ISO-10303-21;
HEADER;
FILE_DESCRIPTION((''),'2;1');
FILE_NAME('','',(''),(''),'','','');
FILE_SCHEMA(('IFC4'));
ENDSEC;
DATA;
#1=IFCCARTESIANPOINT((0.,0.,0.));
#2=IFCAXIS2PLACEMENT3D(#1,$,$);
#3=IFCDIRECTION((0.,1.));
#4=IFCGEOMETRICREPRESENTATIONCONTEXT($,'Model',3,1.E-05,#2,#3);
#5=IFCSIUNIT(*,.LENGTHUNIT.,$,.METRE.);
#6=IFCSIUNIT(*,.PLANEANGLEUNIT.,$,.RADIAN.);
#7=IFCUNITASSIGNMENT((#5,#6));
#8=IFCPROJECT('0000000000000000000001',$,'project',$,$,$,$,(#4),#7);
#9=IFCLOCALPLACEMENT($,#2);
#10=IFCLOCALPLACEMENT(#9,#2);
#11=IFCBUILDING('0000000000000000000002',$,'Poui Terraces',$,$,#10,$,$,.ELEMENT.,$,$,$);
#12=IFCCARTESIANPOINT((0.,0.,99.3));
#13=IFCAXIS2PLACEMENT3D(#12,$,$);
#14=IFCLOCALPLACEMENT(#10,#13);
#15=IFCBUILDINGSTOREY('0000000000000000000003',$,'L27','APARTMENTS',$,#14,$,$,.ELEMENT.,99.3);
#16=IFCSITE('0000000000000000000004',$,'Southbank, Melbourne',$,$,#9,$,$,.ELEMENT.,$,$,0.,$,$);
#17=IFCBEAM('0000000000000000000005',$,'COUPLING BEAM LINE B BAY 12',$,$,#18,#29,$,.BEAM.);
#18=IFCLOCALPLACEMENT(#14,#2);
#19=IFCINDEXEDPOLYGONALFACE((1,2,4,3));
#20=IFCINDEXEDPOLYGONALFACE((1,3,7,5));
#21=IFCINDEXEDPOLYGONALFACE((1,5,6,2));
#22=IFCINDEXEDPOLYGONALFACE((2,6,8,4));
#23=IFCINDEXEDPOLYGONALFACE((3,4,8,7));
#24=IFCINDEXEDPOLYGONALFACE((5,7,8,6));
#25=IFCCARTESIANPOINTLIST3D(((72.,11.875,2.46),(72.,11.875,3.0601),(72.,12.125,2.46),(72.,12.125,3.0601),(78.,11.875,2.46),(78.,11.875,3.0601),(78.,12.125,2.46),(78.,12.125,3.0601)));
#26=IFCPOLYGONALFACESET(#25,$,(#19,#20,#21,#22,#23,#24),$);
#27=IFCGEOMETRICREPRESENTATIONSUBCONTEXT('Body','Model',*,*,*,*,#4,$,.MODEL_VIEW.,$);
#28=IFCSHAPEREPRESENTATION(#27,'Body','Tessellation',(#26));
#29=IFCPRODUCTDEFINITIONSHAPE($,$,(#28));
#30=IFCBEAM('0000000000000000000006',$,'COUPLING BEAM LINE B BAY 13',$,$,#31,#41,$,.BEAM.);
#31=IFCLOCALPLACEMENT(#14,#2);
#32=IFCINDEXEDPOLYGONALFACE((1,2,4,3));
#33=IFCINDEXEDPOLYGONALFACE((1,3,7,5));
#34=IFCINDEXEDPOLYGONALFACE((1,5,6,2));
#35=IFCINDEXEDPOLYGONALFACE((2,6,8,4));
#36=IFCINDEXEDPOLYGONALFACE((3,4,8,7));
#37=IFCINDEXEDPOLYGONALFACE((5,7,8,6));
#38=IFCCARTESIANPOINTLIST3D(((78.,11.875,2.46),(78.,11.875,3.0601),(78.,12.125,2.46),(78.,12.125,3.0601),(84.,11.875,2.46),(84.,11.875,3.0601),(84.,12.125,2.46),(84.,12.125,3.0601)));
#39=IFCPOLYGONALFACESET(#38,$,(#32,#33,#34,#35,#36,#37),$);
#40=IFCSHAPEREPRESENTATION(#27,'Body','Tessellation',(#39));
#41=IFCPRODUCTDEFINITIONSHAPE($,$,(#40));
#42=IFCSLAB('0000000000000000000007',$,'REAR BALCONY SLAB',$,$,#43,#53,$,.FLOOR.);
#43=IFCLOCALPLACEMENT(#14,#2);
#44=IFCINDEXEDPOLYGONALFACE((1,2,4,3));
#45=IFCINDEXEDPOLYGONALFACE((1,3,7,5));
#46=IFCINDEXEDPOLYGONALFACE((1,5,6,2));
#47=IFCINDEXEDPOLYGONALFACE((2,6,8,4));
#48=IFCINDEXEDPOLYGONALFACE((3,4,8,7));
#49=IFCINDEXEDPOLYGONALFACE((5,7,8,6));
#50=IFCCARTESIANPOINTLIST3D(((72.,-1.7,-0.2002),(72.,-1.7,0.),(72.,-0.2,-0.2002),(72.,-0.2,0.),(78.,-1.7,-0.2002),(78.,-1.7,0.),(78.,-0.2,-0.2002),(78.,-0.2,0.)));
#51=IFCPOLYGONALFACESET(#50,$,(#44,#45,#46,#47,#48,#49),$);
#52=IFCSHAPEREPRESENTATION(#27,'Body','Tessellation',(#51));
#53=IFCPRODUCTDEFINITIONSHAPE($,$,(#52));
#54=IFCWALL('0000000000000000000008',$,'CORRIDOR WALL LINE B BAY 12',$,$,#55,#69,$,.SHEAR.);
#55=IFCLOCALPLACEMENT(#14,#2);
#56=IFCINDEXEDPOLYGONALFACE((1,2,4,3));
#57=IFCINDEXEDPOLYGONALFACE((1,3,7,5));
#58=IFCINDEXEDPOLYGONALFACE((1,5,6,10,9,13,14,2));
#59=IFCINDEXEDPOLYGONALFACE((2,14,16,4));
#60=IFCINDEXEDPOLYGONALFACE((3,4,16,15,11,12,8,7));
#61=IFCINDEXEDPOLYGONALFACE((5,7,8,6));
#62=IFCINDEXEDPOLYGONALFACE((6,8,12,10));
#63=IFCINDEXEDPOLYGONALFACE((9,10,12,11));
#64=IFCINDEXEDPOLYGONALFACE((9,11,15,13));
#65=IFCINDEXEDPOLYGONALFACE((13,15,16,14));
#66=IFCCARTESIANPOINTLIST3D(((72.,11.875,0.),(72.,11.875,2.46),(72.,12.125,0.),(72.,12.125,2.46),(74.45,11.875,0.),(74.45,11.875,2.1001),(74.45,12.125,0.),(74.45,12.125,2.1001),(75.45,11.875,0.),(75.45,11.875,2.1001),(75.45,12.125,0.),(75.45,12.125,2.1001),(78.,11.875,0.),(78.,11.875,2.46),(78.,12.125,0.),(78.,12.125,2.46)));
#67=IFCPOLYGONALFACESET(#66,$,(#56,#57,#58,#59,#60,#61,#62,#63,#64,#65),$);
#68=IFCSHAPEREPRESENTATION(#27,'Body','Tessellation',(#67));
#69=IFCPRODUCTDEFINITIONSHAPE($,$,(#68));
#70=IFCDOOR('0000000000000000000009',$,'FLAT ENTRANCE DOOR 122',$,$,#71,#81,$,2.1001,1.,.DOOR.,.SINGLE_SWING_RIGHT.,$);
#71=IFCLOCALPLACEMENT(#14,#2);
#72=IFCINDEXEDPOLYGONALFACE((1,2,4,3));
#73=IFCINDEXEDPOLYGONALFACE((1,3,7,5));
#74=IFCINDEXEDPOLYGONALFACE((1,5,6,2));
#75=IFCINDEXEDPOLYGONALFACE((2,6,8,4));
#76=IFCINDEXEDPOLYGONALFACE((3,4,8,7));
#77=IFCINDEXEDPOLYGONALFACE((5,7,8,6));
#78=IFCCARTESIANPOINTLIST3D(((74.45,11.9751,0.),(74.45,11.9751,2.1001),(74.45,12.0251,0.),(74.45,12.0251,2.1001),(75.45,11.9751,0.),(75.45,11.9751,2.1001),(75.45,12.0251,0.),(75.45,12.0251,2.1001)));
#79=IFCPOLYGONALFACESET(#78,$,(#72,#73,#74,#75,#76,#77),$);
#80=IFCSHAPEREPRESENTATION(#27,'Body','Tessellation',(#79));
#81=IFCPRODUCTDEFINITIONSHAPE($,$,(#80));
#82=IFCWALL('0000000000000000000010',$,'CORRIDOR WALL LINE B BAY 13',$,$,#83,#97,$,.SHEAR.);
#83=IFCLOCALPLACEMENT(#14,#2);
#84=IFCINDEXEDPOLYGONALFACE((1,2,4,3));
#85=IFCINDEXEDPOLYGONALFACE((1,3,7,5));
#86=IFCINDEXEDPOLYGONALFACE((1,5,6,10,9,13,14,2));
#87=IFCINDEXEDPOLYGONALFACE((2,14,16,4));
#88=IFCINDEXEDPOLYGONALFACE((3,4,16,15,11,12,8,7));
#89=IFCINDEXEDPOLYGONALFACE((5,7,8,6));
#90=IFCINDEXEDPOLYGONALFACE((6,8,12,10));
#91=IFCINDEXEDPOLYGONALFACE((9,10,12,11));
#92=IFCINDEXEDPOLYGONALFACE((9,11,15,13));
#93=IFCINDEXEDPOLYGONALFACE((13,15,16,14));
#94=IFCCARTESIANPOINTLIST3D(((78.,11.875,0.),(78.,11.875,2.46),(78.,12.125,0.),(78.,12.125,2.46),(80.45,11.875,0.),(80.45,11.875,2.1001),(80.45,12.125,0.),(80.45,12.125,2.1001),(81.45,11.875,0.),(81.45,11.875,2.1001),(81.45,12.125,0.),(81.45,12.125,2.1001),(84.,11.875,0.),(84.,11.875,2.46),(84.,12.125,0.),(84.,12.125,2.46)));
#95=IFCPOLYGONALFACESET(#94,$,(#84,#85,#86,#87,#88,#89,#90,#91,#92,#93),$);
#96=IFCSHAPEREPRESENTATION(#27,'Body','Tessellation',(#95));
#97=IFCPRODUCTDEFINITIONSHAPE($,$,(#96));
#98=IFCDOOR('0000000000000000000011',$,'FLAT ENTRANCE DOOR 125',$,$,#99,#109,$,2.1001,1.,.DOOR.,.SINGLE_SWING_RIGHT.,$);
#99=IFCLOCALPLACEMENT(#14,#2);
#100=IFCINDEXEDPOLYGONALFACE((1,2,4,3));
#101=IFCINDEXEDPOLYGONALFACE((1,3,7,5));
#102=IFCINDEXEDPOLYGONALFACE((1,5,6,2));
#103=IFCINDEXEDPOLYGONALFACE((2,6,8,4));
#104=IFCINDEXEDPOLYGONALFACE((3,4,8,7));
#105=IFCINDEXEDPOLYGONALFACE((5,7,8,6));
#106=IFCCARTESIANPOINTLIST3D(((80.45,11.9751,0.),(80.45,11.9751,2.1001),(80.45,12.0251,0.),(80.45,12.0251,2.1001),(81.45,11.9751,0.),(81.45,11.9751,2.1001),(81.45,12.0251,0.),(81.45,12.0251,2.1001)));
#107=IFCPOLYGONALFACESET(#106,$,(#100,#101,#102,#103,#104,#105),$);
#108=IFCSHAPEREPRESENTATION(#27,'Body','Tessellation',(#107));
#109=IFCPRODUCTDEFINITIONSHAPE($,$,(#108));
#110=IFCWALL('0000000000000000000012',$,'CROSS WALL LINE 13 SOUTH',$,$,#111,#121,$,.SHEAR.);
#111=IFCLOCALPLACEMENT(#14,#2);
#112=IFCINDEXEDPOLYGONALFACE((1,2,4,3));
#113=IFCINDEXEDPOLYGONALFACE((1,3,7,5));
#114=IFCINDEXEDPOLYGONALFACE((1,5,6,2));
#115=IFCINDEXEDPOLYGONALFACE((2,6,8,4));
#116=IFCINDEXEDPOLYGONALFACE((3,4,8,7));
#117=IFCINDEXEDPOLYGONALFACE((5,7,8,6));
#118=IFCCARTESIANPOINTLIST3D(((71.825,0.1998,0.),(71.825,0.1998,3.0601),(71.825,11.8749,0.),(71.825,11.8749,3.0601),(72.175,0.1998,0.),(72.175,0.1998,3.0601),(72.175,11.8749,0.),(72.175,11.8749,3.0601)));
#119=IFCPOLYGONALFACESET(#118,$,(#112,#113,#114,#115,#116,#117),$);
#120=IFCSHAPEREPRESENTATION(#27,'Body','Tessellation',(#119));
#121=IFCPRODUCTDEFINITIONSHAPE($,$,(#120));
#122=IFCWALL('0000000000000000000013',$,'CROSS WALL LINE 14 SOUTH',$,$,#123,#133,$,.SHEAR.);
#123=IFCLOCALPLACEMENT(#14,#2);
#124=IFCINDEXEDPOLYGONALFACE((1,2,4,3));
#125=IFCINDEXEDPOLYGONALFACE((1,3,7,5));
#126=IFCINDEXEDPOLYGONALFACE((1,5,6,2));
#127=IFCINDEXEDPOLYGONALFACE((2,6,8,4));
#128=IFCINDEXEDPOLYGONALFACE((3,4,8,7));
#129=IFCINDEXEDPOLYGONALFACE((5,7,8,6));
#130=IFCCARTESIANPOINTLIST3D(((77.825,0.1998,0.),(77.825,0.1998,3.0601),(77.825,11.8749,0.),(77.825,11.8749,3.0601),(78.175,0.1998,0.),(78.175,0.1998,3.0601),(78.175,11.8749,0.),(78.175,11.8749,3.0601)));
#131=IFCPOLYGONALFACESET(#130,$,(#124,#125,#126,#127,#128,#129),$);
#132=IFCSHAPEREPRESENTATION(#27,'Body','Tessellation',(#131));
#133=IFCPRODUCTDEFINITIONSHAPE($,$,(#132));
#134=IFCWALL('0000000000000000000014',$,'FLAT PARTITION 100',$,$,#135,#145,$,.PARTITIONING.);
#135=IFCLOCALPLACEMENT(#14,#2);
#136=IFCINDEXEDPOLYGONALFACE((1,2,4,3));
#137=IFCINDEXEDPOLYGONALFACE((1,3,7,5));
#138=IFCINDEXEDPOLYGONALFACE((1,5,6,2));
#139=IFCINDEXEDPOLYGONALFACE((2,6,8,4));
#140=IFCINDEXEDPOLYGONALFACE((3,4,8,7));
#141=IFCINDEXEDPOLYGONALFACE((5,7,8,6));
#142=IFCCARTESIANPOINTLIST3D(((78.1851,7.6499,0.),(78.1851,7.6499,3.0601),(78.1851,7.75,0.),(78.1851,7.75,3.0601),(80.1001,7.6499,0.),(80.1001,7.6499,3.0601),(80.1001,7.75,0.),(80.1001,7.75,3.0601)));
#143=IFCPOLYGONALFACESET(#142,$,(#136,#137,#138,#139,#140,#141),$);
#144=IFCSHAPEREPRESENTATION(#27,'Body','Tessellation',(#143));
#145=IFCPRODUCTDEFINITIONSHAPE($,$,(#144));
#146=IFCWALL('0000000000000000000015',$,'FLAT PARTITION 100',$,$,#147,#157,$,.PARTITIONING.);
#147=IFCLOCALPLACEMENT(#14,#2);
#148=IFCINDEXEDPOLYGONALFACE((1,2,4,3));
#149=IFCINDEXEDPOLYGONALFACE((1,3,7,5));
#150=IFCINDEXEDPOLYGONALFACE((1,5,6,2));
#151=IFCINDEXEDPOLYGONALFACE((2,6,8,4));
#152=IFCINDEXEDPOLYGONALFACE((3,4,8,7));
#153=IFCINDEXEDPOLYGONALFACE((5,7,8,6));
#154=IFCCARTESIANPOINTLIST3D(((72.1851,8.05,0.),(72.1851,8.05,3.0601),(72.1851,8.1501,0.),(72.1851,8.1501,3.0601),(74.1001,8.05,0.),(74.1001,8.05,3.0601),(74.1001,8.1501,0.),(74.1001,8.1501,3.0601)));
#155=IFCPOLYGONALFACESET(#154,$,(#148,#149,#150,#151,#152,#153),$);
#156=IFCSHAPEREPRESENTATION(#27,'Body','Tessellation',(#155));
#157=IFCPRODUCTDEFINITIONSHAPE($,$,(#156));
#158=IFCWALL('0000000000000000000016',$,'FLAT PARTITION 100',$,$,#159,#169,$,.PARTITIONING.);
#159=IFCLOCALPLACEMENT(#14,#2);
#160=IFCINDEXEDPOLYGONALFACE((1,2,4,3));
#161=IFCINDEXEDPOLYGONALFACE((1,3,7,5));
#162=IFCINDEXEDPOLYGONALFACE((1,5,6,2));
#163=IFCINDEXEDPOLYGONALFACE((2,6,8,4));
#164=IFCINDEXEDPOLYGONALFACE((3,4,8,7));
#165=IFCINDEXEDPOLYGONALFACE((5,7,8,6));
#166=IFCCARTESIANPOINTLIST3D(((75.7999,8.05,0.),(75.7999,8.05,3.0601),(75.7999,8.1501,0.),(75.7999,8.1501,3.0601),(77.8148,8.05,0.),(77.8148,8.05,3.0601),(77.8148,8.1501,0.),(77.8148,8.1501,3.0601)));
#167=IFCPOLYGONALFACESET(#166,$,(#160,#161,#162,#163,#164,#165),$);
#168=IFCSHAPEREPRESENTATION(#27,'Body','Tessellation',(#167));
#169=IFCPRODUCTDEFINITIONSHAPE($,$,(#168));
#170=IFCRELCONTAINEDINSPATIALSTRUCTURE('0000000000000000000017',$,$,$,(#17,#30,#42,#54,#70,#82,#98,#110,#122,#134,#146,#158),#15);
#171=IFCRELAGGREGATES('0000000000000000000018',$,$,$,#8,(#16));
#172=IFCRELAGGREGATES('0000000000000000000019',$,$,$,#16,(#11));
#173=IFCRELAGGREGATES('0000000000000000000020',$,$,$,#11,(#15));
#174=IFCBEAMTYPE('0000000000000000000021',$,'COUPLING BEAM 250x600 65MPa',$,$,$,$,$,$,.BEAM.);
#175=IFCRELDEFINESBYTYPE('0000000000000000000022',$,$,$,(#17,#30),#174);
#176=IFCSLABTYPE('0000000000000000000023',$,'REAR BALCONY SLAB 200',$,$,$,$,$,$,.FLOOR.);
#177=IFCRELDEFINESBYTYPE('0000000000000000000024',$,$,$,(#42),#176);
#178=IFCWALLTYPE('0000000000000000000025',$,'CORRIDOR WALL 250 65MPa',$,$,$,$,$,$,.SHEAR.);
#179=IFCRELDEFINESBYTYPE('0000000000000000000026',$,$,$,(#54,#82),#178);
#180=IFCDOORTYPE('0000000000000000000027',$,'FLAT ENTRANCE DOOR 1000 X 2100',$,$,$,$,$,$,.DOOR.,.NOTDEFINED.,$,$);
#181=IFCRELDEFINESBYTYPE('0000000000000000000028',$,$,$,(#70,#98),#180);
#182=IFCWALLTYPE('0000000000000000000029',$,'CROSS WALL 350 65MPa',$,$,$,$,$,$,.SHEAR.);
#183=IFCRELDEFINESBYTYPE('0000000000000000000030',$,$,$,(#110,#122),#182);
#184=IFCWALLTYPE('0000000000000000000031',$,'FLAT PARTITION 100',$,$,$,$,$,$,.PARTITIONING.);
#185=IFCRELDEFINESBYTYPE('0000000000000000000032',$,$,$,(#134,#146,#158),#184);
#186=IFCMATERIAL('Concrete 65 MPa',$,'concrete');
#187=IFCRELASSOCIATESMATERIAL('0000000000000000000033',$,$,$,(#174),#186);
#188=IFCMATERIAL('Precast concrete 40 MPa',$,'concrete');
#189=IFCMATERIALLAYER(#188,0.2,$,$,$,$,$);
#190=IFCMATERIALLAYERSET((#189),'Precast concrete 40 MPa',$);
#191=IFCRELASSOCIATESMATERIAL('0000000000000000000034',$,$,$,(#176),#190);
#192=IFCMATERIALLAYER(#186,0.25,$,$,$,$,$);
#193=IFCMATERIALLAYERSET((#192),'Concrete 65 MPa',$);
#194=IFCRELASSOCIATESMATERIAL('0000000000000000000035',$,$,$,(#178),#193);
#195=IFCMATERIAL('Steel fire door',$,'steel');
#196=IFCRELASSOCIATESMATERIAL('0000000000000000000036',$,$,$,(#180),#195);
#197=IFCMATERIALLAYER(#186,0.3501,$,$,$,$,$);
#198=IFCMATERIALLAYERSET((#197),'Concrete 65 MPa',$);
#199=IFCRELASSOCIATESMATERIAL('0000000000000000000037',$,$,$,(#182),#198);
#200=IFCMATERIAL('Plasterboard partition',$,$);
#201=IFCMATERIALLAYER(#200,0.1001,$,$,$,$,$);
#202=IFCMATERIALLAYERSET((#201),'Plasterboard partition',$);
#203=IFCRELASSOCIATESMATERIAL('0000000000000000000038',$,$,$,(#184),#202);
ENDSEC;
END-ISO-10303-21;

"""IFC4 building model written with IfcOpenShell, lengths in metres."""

from ifc_helpers import new_model, si_unit, direction, frame, frame_2d, origin, origin_2d, place, context, subcontext, project, spatial, polyline, rectangle, outline, extrude, source, transform, mapped, material, layer, layer_set, material_profile, profile_set, type_object, element, fill, save


model = new_model("IFC4")

# Units and contexts
model_context = context("Model", 3, precision=1e-05, world=origin(), true_north=direction((0.0, 1.0)))
body_context = subcontext(model_context, "Body", "Model", "MODEL_VIEW")
ifc_project = project(units=[si_unit("LENGTHUNIT", "METRE"), si_unit("PLANEANGLEUNIT", "RADIAN")], contexts=[model_context])

# Site, building, storey
site_placement = place(None, origin())
site = spatial("IfcSite", under=ifc_project, at=site_placement, Name="Southbank, Melbourne", CompositionType="ELEMENT", RefElevation=0.0)
building_placement = place(site_placement, origin())
building = spatial("IfcBuilding", under=site, at=building_placement, Name="Poui Terraces", CompositionType="ELEMENT")
storey_placement = place(building_placement, frame((0.0, 0.0, 99.3)))
storey = spatial("IfcBuildingStorey", under=building, at=storey_placement, Name="L27", Description="APARTMENTS", CompositionType="ELEMENT", Elevation=99.3)

# Beams
ifc_material_1 = material(Name="Concrete 65 MPa", Category="concrete")
ifc_material_profile_1 = material_profile(ifc_material_1, rectangle(XDim=0.25, YDim=0.6001, at=origin_2d()), Name="RC 250x600")
ifc_profile_set_1 = profile_set([ifc_material_profile_1], Name="Concrete 65 MPa")
beam_type = type_object("IfcBeamType", Name="COUPLING BEAM 250x600 65MPa", PredefinedType="BEAM", material=ifc_profile_set_1)
shared_shape_1 = source(origin(), body_context, "Body", "SweptSolid", [
    extrude(rectangle(XDim=0.25, YDim=0.6001, at=origin_2d()), origin(), (0.0, 0.0, 1.0), 6.0),
])
for number, where, z_axis, x_axis, name in (
    (1, (72.0, 12.0, 2.76), (1.0, 0.0, 0.0), (0.0, 1.0, 0.0), "COUPLING BEAM LINE B BAY 12"),
    (2, (78.0, 12.0, 2.76), (1.0, 0.0, 0.0), (0.0, 1.0, 0.0), "COUPLING BEAM LINE B BAY 13"),
):
    element("IfcBeam", number, at=place(storey_placement, frame(where, z_axis=z_axis, x_axis=x_axis)), inside=storey, type_object=beam_type, Name=name, PredefinedType="BEAM", context=body_context, shape_type="MappedRepresentation", body=[
        mapped(shared_shape_1, transform((0.0, 0.0, 0.0))),
    ])

# Slab
ifc_material_2 = material(Name="Precast concrete 40 MPa", Category="concrete")
ifc_layer_1 = layer(ifc_material_2, 0.2)
ifc_layer_set_1 = layer_set([ifc_layer_1], Name="Precast concrete 40 MPa")
slab_type = type_object("IfcSlabType", Name="REAR BALCONY SLAB 200", PredefinedType="FLOOR", material=ifc_layer_set_1)
shared_shape_2 = source(origin(), body_context, "Body", "SweptSolid", [
    extrude(outline(polyline([(0.0, 0.0), (6.0, 0.0), (6.0, 1.5), (0.0, 1.5), (0.0, 0.0)])), origin(), (0.0, 0.0, 1.0), 0.2002),
])
slab_placement = place(storey_placement, frame((72.0, -1.7, -0.2002)))
element("IfcSlab", 3, at=slab_placement, inside=storey, type_object=slab_type, Name="REAR BALCONY SLAB", PredefinedType="FLOOR", context=body_context, shape_type="MappedRepresentation", body=[
    mapped(shared_shape_2, transform((0.0, 0.0, 0.0))),
])

# Walls, openings, doors
ifc_layer_2 = layer(ifc_material_1, 0.25)
ifc_layer_set_2 = layer_set([ifc_layer_2], Name="Concrete 65 MPa")
wall_type_1 = type_object("IfcWallType", Name="CORRIDOR WALL 250 65MPa", PredefinedType="SHEAR", material=ifc_layer_set_2)
wall_1_placement = place(storey_placement, frame((72.0, 12.0, 0.0), z_axis=(0.0, 0.0, 1.0), x_axis=(1.0, 0.0, 0.0)))
wall_1 = element("IfcWall", 4, at=wall_1_placement, inside=storey, type_object=wall_type_1, Name="CORRIDOR WALL LINE B BAY 12", PredefinedType="SHEAR", context=body_context, shape_type="SweptSolid", body=[
    extrude(rectangle(XDim=6.0, YDim=0.25, at=frame_2d((3.0, 0.0))), origin(), (0.0, 0.0, 1.0), 2.46),
])
opening_1_placement = place(wall_1_placement, frame((2.45, 0.0, 0.0)))
opening_1 = element("IfcOpeningElement", 5, at=opening_1_placement, cuts=wall_1, PredefinedType="OPENING", context=body_context, shape_type="SweptSolid", body=[
    extrude(rectangle(XDim=1.0, YDim=2.1001, at=frame_2d((0.5, 1.05))), frame((0.0, 0.135, 0.0), z_axis=(0.0, -1.0, 0.0), x_axis=(1.0, 0.0, 0.0)), (0.0, 0.0, 1.0), 0.27),
])
ifc_material_3 = material(Name="Steel fire door", Category="steel")
door_type_1 = type_object("IfcDoorType", Name="FLAT ENTRANCE DOOR 1000 X 2100", OperationType="NOTDEFINED", PredefinedType="DOOR", material=ifc_material_3)
door_1_placement = place(opening_1_placement, frame((1.0, 0.0, 0.0), z_axis=(0.0, 0.0, 1.0), x_axis=(-1.0, 0.0, 0.0)))
door_1 = element("IfcDoor", 6, at=door_1_placement, inside=storey, type_object=door_type_1, Name="FLAT ENTRANCE DOOR 122", OperationType="SINGLE_SWING_RIGHT", OverallHeight=2.1001, OverallWidth=1.0, PredefinedType="DOOR", context=body_context, shape_type="SweptSolid", body=[
    extrude(rectangle(XDim=1.0, YDim=2.1001, at=frame_2d((0.5, 1.05))), frame((0.0, 0.0249, 0.0), z_axis=(0.0, -1.0, 0.0), x_axis=(1.0, 0.0, 0.0)), (0.0, 0.0, 1.0), 0.05),
])
fill(opening_1, door_1)
wall_2_placement = place(storey_placement, frame((78.0, 12.0, 0.0), z_axis=(0.0, 0.0, 1.0), x_axis=(1.0, 0.0, 0.0)))
wall_2 = element("IfcWall", 7, at=wall_2_placement, inside=storey, type_object=wall_type_1, Name="CORRIDOR WALL LINE B BAY 13", PredefinedType="SHEAR", context=body_context, shape_type="SweptSolid", body=[
    extrude(rectangle(XDim=6.0, YDim=0.25, at=frame_2d((3.0, 0.0))), origin(), (0.0, 0.0, 1.0), 2.46),
])
opening_2_placement = place(wall_2_placement, frame((2.45, 0.0, 0.0)))
opening_2 = element("IfcOpeningElement", 8, at=opening_2_placement, cuts=wall_2, PredefinedType="OPENING", context=body_context, shape_type="SweptSolid", body=[
    extrude(rectangle(XDim=1.0, YDim=2.1001, at=frame_2d((0.5, 1.05))), frame((0.0, 0.135, 0.0), z_axis=(0.0, -1.0, 0.0), x_axis=(1.0, 0.0, 0.0)), (0.0, 0.0, 1.0), 0.27),
])
door_2_placement = place(opening_2_placement, frame((1.0, 0.0, 0.0), z_axis=(0.0, 0.0, 1.0), x_axis=(-1.0, 0.0, 0.0)))
door_2 = element("IfcDoor", 9, at=door_2_placement, inside=storey, type_object=door_type_1, Name="FLAT ENTRANCE DOOR 125", OperationType="SINGLE_SWING_RIGHT", OverallHeight=2.1001, OverallWidth=1.0, PredefinedType="DOOR", context=body_context, shape_type="SweptSolid", body=[
    extrude(rectangle(XDim=1.0, YDim=2.1001, at=frame_2d((0.5, 1.05))), frame((0.0, 0.0249, 0.0), z_axis=(0.0, -1.0, 0.0), x_axis=(1.0, 0.0, 0.0)), (0.0, 0.0, 1.0), 0.05),
])
fill(opening_2, door_2)

# Walls
ifc_layer_3 = layer(ifc_material_1, 0.3501)
ifc_layer_set_3 = layer_set([ifc_layer_3], Name="Concrete 65 MPa")
wall_type_2 = type_object("IfcWallType", Name="CROSS WALL 350 65MPa", PredefinedType="SHEAR", material=ifc_layer_set_3)
for number, where, z_axis, x_axis, name in (
    (10, (72.0, 0.2, 0.0), (0.0, 0.0, 1.0), (0.0, 1.0, 0.0), "CROSS WALL LINE 13 SOUTH"),
    (11, (78.0, 0.2, 0.0), (0.0, 0.0, 1.0), (0.0, 1.0, 0.0), "CROSS WALL LINE 14 SOUTH"),
):
    element("IfcWall", number, at=place(storey_placement, frame(where, z_axis=z_axis, x_axis=x_axis)), inside=storey, type_object=wall_type_2, Name=name, PredefinedType="SHEAR", context=body_context, shape_type="SweptSolid", body=[
        extrude(rectangle(XDim=11.675, YDim=0.3501, at=frame_2d((5.8374, 0.0))), origin(), (0.0, 0.0, 1.0), 3.0601),
    ])
ifc_material_4 = material(Name="Plasterboard partition")
ifc_layer_4 = layer(ifc_material_4, 0.1001)
ifc_layer_set_4 = layer_set([ifc_layer_4], Name="Plasterboard partition")
wall_type_3 = type_object("IfcWallType", Name="FLAT PARTITION 100", PredefinedType="PARTITIONING", material=ifc_layer_set_4)
for number, where, z_axis, x_axis, name in (
    (12, (78.1851, 7.7, 0.0), (0.0, 0.0, 1.0), (1.0, 0.0, 0.0), "FLAT PARTITION 100"),
    (13, (72.1851, 8.1001, 0.0), (0.0, 0.0, 1.0), (1.0, 0.0, 0.0), "FLAT PARTITION 100"),
):
    element("IfcWall", number, at=place(storey_placement, frame(where, z_axis=z_axis, x_axis=x_axis)), inside=storey, type_object=wall_type_3, Name=name, PredefinedType="PARTITIONING", context=body_context, shape_type="SweptSolid", body=[
        extrude(rectangle(XDim=1.915, YDim=0.1001, at=frame_2d((0.9575, 0.0))), origin(), (0.0, 0.0, 1.0), 3.0601),
    ])
wall_3_placement = place(storey_placement, frame((75.8, 8.1001, 0.0), z_axis=(0.0, 0.0, 1.0), x_axis=(1.0, 0.0, 0.0)))
element("IfcWall", 14, at=wall_3_placement, inside=storey, type_object=wall_type_3, Name="FLAT PARTITION 100", PredefinedType="PARTITIONING", context=body_context, shape_type="SweptSolid", body=[
    extrude(rectangle(XDim=2.0149, YDim=0.1001, at=frame_2d((1.0073, 0.0))), origin(), (0.0, 0.0, 1.0), 3.0601),
])

save(model, "model.ifc")
